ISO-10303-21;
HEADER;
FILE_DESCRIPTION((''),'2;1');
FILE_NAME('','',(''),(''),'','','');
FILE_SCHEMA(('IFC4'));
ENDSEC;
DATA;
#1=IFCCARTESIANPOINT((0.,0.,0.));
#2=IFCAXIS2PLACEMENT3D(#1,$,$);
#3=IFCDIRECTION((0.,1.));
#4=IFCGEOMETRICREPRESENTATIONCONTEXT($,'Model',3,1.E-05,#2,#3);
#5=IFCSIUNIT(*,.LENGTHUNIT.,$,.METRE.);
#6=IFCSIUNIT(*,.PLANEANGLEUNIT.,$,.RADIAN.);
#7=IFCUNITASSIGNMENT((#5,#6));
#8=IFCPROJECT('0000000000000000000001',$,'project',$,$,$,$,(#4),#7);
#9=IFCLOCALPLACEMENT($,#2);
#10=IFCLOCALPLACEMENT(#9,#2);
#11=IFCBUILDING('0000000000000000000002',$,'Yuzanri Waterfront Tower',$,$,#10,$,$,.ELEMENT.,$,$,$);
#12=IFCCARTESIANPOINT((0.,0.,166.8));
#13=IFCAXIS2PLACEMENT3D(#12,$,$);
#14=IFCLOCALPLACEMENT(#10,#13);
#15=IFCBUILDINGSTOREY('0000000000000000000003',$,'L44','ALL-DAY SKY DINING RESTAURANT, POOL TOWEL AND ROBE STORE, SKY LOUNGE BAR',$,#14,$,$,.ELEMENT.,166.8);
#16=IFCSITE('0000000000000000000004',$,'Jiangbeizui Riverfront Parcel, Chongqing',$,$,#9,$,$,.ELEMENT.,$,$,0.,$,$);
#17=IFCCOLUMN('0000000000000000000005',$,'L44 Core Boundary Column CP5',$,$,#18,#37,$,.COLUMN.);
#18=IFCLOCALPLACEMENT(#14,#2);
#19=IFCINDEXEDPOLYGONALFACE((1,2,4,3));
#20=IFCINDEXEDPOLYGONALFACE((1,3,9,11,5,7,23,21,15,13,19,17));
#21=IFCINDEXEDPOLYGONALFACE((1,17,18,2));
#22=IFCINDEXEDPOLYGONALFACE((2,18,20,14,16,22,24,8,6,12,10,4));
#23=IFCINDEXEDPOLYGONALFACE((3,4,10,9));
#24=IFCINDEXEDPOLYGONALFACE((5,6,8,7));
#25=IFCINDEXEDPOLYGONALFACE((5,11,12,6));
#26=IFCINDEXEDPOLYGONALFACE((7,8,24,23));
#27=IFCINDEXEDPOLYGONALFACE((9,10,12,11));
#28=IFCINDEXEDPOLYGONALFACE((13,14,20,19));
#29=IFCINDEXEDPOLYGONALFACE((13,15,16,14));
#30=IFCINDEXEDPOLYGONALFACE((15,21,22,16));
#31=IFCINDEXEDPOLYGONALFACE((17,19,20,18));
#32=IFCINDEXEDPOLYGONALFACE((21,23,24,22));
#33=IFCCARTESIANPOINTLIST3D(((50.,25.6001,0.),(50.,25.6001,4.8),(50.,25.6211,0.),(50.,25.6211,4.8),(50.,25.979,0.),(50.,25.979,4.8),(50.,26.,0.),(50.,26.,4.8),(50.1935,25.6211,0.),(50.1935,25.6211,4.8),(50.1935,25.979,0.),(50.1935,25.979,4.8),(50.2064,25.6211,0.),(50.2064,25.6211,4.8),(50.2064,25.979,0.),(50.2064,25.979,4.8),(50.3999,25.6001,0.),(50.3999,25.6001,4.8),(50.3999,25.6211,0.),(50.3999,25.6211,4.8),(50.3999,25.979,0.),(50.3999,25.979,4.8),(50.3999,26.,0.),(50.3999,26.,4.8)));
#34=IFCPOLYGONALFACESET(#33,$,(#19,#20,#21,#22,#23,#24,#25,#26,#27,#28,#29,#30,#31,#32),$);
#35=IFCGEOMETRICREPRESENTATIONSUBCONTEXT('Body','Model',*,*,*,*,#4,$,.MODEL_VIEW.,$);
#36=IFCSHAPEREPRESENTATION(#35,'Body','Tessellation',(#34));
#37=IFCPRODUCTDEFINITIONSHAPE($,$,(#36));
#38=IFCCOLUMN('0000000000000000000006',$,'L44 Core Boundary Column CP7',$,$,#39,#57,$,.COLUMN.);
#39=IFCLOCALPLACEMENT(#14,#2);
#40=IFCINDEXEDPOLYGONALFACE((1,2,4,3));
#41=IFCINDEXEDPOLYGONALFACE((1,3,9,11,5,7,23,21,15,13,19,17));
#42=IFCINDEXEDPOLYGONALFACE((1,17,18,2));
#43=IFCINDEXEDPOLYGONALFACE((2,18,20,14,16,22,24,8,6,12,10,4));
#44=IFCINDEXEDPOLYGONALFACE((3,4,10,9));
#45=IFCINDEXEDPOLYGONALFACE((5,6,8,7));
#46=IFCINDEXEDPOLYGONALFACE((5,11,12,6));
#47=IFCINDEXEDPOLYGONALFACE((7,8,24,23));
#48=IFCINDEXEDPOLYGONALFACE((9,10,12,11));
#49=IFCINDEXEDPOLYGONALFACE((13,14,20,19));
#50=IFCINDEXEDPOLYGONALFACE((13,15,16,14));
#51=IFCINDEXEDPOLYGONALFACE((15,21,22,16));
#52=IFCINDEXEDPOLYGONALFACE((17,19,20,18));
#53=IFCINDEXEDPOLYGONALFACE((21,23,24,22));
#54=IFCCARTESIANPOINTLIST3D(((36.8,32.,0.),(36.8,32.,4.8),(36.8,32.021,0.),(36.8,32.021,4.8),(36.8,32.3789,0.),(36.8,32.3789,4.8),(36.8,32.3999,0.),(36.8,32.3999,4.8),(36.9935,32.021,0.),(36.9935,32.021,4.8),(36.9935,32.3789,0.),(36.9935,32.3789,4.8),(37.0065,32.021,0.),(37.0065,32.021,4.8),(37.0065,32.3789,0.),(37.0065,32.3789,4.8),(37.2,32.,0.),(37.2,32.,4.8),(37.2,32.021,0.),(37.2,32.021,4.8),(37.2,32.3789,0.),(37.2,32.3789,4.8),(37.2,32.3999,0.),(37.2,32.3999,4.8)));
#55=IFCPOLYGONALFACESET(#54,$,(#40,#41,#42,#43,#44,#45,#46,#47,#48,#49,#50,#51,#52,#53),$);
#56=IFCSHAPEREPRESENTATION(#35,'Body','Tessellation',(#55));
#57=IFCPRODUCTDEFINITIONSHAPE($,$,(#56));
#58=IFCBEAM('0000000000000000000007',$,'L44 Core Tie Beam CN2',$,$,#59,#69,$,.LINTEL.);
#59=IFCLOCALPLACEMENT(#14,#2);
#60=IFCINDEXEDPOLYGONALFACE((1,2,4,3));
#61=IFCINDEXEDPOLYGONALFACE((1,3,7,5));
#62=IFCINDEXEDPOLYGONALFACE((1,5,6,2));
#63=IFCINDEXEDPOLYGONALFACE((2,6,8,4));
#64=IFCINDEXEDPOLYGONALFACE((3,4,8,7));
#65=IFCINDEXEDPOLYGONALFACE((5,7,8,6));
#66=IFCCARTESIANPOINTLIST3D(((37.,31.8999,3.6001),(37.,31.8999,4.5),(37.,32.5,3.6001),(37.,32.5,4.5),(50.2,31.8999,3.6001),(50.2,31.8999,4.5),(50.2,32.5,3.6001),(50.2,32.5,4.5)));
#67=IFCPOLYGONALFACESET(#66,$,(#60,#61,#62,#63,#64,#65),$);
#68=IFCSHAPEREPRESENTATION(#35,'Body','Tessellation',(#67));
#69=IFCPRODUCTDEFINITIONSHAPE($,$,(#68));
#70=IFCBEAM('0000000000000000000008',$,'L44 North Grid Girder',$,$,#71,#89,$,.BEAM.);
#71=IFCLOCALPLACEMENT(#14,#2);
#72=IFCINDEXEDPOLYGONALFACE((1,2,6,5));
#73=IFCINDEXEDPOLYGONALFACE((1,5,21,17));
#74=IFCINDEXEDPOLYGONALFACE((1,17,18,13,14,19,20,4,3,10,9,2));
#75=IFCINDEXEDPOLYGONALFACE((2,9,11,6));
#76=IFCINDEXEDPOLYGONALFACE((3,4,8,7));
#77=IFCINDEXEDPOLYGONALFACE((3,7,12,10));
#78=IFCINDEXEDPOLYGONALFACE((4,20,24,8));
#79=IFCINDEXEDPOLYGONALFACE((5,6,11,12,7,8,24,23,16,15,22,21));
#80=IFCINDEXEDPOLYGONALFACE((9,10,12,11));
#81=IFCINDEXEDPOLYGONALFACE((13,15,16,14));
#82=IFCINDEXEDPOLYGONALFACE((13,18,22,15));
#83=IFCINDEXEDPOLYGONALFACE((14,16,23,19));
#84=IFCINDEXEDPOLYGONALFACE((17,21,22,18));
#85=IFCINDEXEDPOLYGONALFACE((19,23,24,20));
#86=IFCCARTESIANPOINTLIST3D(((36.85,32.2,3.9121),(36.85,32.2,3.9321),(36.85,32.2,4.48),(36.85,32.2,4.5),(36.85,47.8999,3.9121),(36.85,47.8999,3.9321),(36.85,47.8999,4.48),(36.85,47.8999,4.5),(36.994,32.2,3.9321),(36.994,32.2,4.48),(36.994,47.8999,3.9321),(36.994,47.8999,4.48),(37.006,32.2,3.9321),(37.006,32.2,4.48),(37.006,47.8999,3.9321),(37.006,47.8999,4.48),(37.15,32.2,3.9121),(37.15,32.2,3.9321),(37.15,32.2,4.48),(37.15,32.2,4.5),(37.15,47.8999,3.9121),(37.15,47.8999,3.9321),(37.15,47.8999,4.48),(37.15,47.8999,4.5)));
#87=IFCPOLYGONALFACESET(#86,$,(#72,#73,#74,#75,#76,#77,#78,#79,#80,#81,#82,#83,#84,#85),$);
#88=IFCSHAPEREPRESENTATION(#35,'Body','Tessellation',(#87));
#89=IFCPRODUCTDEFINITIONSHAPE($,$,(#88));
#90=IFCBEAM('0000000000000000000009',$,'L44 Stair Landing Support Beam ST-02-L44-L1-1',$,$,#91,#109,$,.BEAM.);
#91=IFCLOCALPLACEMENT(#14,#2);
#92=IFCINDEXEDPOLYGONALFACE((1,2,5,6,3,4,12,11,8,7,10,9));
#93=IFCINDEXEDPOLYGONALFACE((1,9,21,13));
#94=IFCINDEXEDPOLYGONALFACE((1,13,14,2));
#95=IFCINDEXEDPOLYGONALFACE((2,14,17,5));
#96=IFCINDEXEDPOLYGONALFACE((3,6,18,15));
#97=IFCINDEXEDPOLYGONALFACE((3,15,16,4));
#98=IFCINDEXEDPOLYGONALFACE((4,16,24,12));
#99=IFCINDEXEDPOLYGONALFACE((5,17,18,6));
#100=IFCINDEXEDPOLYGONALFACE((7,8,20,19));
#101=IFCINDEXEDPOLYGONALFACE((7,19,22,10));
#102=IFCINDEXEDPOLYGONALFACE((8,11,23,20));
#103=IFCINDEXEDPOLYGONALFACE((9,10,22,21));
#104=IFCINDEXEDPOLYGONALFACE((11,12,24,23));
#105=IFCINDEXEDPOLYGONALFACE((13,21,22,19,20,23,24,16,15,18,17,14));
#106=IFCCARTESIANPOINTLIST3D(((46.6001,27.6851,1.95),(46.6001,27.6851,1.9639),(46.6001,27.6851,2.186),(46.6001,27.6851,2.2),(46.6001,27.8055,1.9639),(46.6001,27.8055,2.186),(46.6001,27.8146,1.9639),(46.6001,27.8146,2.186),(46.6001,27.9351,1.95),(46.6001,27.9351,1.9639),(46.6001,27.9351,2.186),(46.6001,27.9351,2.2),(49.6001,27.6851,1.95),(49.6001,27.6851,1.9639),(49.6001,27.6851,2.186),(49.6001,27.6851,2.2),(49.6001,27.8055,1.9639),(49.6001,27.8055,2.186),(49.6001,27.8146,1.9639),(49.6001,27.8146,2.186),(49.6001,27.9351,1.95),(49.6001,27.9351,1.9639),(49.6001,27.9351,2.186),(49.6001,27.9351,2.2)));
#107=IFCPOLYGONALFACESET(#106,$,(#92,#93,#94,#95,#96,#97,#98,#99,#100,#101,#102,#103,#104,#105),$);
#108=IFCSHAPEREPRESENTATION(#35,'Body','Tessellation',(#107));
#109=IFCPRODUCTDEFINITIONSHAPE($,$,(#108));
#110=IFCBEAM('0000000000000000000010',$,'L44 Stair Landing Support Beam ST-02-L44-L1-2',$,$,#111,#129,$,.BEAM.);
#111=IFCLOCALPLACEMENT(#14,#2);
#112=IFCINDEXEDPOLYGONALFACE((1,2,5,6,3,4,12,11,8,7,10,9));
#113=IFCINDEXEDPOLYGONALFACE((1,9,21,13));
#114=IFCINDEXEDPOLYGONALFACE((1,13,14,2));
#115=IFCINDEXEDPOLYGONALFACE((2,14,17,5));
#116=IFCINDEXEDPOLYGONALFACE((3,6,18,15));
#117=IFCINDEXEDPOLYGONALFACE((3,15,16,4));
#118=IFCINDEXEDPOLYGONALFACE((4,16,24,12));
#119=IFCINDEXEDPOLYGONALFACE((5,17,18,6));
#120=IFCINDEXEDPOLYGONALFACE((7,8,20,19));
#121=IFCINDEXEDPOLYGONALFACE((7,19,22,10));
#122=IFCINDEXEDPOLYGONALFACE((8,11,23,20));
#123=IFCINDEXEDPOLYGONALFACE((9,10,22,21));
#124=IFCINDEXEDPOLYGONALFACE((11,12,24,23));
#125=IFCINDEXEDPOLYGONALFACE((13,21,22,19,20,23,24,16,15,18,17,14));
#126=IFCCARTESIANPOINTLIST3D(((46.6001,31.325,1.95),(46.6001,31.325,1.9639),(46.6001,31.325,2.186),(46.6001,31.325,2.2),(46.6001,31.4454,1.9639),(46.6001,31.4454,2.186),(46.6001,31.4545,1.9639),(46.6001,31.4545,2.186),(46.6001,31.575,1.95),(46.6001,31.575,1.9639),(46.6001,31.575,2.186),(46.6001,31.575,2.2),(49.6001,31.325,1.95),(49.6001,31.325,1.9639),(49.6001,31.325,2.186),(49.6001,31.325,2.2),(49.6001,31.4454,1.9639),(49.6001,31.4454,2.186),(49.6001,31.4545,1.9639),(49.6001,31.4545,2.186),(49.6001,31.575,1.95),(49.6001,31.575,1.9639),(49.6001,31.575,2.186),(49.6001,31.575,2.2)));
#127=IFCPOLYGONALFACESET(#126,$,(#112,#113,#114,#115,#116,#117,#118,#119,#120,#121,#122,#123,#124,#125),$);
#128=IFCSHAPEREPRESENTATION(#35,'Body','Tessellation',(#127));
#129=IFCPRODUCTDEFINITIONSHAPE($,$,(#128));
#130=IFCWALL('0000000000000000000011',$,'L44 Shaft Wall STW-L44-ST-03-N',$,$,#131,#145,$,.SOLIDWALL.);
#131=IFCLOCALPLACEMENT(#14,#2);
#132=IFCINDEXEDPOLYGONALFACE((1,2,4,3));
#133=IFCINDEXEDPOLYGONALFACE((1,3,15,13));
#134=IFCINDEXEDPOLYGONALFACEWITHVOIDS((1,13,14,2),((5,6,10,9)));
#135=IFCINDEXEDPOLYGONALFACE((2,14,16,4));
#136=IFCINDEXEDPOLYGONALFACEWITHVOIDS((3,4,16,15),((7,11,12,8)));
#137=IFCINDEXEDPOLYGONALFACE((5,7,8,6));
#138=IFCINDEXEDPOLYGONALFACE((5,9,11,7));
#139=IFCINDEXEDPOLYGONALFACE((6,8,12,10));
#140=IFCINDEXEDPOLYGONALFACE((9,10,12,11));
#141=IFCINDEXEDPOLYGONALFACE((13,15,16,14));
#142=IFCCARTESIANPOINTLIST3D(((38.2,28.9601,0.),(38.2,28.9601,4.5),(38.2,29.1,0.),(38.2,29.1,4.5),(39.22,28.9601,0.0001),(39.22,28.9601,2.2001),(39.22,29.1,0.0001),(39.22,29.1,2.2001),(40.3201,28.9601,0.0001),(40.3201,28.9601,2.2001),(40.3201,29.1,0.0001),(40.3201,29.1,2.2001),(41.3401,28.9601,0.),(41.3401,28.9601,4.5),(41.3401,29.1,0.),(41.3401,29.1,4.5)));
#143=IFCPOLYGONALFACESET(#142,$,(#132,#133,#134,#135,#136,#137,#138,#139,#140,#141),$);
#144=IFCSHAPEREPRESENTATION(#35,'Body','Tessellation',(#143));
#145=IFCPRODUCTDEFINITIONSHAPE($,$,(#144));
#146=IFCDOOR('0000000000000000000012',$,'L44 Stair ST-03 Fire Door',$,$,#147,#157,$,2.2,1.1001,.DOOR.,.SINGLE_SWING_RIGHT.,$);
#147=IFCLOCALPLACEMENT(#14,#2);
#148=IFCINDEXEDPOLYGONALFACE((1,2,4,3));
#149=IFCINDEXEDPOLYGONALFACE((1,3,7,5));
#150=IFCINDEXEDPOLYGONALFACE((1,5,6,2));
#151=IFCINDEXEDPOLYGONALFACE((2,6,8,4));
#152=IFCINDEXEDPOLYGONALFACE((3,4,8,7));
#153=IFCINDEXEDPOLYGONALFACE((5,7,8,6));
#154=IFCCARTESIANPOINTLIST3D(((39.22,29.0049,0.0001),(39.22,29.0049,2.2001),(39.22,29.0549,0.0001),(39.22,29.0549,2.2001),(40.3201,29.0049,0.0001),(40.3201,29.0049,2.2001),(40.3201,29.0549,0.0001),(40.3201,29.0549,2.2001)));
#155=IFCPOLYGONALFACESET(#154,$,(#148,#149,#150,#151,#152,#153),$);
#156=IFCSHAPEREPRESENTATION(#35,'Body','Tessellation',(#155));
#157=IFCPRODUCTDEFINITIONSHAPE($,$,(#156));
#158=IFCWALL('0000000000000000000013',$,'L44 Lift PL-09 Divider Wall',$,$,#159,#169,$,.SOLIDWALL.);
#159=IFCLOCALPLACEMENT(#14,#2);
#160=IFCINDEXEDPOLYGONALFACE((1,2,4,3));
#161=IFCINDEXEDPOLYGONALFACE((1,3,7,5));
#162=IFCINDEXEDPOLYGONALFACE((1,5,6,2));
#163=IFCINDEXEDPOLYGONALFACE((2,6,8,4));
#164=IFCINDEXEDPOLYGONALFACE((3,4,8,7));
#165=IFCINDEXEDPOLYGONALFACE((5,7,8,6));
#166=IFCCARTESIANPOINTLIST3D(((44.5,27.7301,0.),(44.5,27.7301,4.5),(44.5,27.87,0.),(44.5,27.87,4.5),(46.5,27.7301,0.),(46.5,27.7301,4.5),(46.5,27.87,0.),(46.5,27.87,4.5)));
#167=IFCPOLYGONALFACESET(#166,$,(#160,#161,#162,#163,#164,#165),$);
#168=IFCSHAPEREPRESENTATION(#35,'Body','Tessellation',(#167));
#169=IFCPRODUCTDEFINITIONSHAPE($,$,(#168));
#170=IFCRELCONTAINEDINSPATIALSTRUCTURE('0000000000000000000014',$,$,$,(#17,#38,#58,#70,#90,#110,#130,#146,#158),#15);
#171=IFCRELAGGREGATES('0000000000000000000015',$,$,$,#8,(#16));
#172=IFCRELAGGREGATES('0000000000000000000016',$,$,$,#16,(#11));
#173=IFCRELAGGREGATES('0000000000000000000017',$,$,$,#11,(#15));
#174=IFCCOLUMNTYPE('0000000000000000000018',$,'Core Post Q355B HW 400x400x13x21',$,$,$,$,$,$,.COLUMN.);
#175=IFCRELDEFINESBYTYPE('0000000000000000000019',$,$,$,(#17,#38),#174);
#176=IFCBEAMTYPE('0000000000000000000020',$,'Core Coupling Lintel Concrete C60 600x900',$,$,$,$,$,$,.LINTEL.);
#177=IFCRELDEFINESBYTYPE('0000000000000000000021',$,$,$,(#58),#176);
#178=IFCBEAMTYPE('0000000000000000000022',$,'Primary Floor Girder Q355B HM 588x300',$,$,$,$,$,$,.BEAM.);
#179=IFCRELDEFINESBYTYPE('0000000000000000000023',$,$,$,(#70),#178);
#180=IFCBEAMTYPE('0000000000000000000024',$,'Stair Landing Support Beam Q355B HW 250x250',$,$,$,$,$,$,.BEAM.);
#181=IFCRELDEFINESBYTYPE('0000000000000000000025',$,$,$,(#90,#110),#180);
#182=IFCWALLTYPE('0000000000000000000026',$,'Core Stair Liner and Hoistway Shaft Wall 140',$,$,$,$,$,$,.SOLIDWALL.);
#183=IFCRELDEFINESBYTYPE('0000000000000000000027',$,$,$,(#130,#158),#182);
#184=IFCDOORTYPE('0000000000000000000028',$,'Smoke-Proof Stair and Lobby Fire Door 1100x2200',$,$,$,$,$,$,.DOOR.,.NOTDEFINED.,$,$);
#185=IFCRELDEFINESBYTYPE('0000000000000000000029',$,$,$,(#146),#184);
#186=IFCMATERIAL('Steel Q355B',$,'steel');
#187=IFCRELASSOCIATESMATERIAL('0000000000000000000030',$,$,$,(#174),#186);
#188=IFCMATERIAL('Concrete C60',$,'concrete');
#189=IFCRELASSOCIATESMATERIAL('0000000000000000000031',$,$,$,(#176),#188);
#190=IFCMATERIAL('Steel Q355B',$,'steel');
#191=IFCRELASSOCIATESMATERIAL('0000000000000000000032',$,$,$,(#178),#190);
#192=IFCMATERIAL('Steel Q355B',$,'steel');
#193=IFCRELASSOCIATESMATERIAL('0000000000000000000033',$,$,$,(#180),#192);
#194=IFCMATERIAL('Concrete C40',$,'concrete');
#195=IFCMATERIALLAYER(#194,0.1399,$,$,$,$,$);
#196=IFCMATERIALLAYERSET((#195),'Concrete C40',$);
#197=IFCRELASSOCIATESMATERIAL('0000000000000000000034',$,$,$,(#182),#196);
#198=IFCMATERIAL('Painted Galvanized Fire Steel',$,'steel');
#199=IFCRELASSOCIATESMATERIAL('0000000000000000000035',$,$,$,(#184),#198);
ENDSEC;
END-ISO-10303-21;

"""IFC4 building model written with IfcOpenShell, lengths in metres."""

from ifc_helpers import new_model, si_unit, direction, frame, frame_2d, origin, origin_2d, place, context, subcontext, project, spatial, rectangle, i_section, extrude, source, transform, mapped, material, layer, layer_set, material_profile, profile_set, type_object, element, fill, save


model = new_model("IFC4")

# Units and contexts
model_context = context("Model", 3, precision=1e-05, world=origin(), true_north=direction((0.0, 1.0)))
body_context = subcontext(model_context, "Body", "Model", "MODEL_VIEW")
ifc_project = project(units=[si_unit("LENGTHUNIT", "METRE"), si_unit("PLANEANGLEUNIT", "RADIAN")], contexts=[model_context])

# Site, building, storey
site_placement = place(None, origin())
site = spatial("IfcSite", under=ifc_project, at=site_placement, Name="Jiangbeizui Riverfront Parcel, Chongqing", CompositionType="ELEMENT", RefElevation=0.0)
building_placement = place(site_placement, origin())
building = spatial("IfcBuilding", under=site, at=building_placement, Name="Yuzanri Waterfront Tower", CompositionType="ELEMENT")
storey_placement = place(building_placement, frame((0.0, 0.0, 166.8)))
storey = spatial("IfcBuildingStorey", under=building, at=storey_placement, Name="L44", Description="ALL-DAY SKY DINING RESTAURANT, POOL TOWEL AND ROBE STORE, SKY LOUNGE BAR", CompositionType="ELEMENT", Elevation=166.8)

# Columns
ifc_material_1 = material(Name="Steel Q355B", Category="steel")
ifc_material_profile_1 = material_profile(ifc_material_1, i_section(OverallWidth=0.3999, OverallDepth=0.3999, WebThickness=0.0129, FlangeThickness=0.021, at=origin_2d()), Name="HW 400x400x13x21")
ifc_profile_set_1 = profile_set([ifc_material_profile_1], Name="Steel Q355B")
column_type = type_object("IfcColumnType", Name="Core Post Q355B HW 400x400x13x21", PredefinedType="COLUMN", material=ifc_profile_set_1)
shared_shape_1 = source(origin(), body_context, "Body", "SweptSolid", [
    extrude(i_section(OverallWidth=0.3999, OverallDepth=0.3999, WebThickness=0.0129, FlangeThickness=0.021, at=origin_2d()), origin(), (0.0, 0.0, 1.0), 4.8),
])
for number, where, z_axis, x_axis, name in (
    (1, (50.2, 25.8, 0.0), (0.0, 0.0, 1.0), (1.0, 0.0, 0.0), "L44 Core Boundary Column CP5"),
    (2, (37.0, 32.2, 0.0), (0.0, 0.0, 1.0), (1.0, 0.0, 0.0), "L44 Core Boundary Column CP7"),
):
    element("IfcColumn", number, at=place(storey_placement, frame(where, z_axis=z_axis, x_axis=x_axis)), inside=storey, type_object=column_type, Name=name, PredefinedType="COLUMN", context=body_context, shape_type="MappedRepresentation", body=[
        mapped(shared_shape_1, transform((0.0, 0.0, 0.0), scale=1.0)),
    ])

# Beams
ifc_material_2 = material(Name="Concrete C60", Category="concrete")
ifc_material_profile_2 = material_profile(ifc_material_2, rectangle(XDim=0.6001, YDim=0.8999, at=origin_2d()), Name="RC 600x900")
ifc_profile_set_2 = profile_set([ifc_material_profile_2], Name="Concrete C60")
beam_type_1 = type_object("IfcBeamType", Name="Core Coupling Lintel Concrete C60 600x900", PredefinedType="LINTEL", material=ifc_profile_set_2)
shared_shape_2 = source(origin(), body_context, "Body", "SweptSolid", [
    extrude(rectangle(XDim=0.6001, YDim=0.8999, at=origin_2d()), origin(), (0.0, 0.0, 1.0), 13.2),
])
beam_1_placement = place(storey_placement, frame((37.0, 32.2, 4.05), z_axis=(1.0, 0.0, 0.0), x_axis=(0.0, 1.0, 0.0)))
element("IfcBeam", 3, at=beam_1_placement, inside=storey, type_object=beam_type_1, Name="L44 Core Tie Beam CN2", PredefinedType="LINTEL", context=body_context, shape_type="MappedRepresentation", body=[
    mapped(shared_shape_2, transform((0.0, 0.0, 0.0), scale=1.0)),
])
ifc_material_3 = material(Name="Steel Q355B", Category="steel")
ifc_material_profile_3 = material_profile(ifc_material_3, i_section(OverallWidth=0.3, OverallDepth=0.5879, WebThickness=0.012, FlangeThickness=0.02, at=origin_2d()), Name="HM 588x300x12x20")
ifc_profile_set_3 = profile_set([ifc_material_profile_3], Name="Steel Q355B")
beam_type_2 = type_object("IfcBeamType", Name="Primary Floor Girder Q355B HM 588x300", PredefinedType="BEAM", material=ifc_profile_set_3)
shared_shape_3 = source(origin(), body_context, "Body", "SweptSolid", [
    extrude(i_section(OverallWidth=0.3, OverallDepth=0.5879, WebThickness=0.012, FlangeThickness=0.02, at=origin_2d()), origin(), (0.0, 0.0, 1.0), 15.7),
])
beam_2_placement = place(storey_placement, frame((37.0, 32.2, 4.2061), z_axis=(0.0, 1.0, 0.0), x_axis=(-1.0, 0.0, 0.0)))
element("IfcBeam", 4, at=beam_2_placement, inside=storey, type_object=beam_type_2, Name="L44 North Grid Girder", PredefinedType="BEAM", context=body_context, shape_type="MappedRepresentation", body=[
    mapped(shared_shape_3, transform((0.0, 0.0, 0.0), scale=1.0)),
])
ifc_material_4 = material(Name="Steel Q355B", Category="steel")
ifc_material_profile_4 = material_profile(ifc_material_4, i_section(OverallWidth=0.25, OverallDepth=0.25, WebThickness=0.009, FlangeThickness=0.0139, at=origin_2d()), Name="HW 250x250x9x14")
ifc_profile_set_4 = profile_set([ifc_material_profile_4], Name="Steel Q355B")
beam_type_3 = type_object("IfcBeamType", Name="Stair Landing Support Beam Q355B HW 250x250", PredefinedType="BEAM", material=ifc_profile_set_4)
shared_shape_4 = source(origin(), body_context, "Body", "SweptSolid", [
    extrude(i_section(OverallWidth=0.25, OverallDepth=0.25, WebThickness=0.009, FlangeThickness=0.0139, at=origin_2d()), origin(), (0.0, 0.0, 1.0), 3.0),
])
for number, where, z_axis, x_axis, name in (
    (5, (46.6001, 27.8101, 2.075), (1.0, 0.0, 0.0), (0.0, 1.0, 0.0), "L44 Stair Landing Support Beam ST-02-L44-L1-1"),
    (6, (46.6001, 31.45, 2.075), (1.0, 0.0, 0.0), (0.0, 1.0, 0.0), "L44 Stair Landing Support Beam ST-02-L44-L1-2"),
):
    element("IfcBeam", number, at=place(storey_placement, frame(where, z_axis=z_axis, x_axis=x_axis)), inside=storey, type_object=beam_type_3, Name=name, PredefinedType="BEAM", context=body_context, shape_type="MappedRepresentation", body=[
        mapped(shared_shape_4, transform((0.0, 0.0, 0.0), scale=1.0)),
    ])

# Wall, opening, door
ifc_material_5 = material(Name="Concrete C40", Category="concrete")
ifc_layer_1 = layer(ifc_material_5, 0.1399)
ifc_layer_set_1 = layer_set([ifc_layer_1], Name="Concrete C40")
wall_type_1 = type_object("IfcWallType", Name="Core Stair Liner and Hoistway Shaft Wall 140", PredefinedType="SOLIDWALL", material=ifc_layer_set_1)
wall_1_placement = place(storey_placement, frame((38.2, 29.03, 0.0), z_axis=(0.0, 0.0, 1.0), x_axis=(1.0, 0.0, 0.0)))
wall_1 = element("IfcWall", 7, at=wall_1_placement, inside=storey, type_object=wall_type_1, Name="L44 Shaft Wall STW-L44-ST-03-N", PredefinedType="SOLIDWALL", context=body_context, shape_type="SweptSolid", body=[
    extrude(rectangle(XDim=3.1401, YDim=0.1399, at=frame_2d((1.5701, 0.0))), origin(), (0.0, 0.0, 1.0), 4.5),
])
opening_1_placement = place(wall_1_placement, frame((1.02, 0.0, 0.0)))
opening_1 = element("IfcOpeningElement", 8, at=opening_1_placement, cuts=wall_1, PredefinedType="OPENING", context=body_context, shape_type="SweptSolid", body=[
    extrude(rectangle(XDim=1.1001, YDim=2.2, at=frame_2d((0.55, 1.1001))), frame((0.0, 0.085, 0.0), z_axis=(0.0, -1.0, 0.0), x_axis=(1.0, 0.0, 0.0)), (0.0, 0.0, 1.0), 0.1697),
])
ifc_material_6 = material(Name="Painted Galvanized Fire Steel", Category="steel")
door_type_1 = type_object("IfcDoorType", Name="Smoke-Proof Stair and Lobby Fire Door 1100x2200", OperationType="NOTDEFINED", PredefinedType="DOOR", material=ifc_material_6)
shared_shape_5 = source(origin(), body_context, "Body", "SweptSolid", [
    extrude(rectangle(XDim=1.1001, YDim=2.2, at=frame_2d((0.55, 1.1001))), frame((0.0, 0.0249, 0.0), z_axis=(0.0, -1.0, 0.0), x_axis=(1.0, 0.0, 0.0)), (0.0, 0.0, 1.0), 0.05),
])
door_1_placement = place(opening_1_placement, origin())
door_1 = element("IfcDoor", 9, at=door_1_placement, inside=storey, type_object=door_type_1, Name="L44 Stair ST-03 Fire Door", OperationType="SINGLE_SWING_RIGHT", OverallHeight=2.2, OverallWidth=1.1001, PredefinedType="DOOR", context=body_context, shape_type="MappedRepresentation", body=[
    mapped(shared_shape_5, transform((0.0, 0.0, 0.0), scale=1.0)),
])
fill(opening_1, door_1)

# Wall
shared_shape_6 = source(origin(), body_context, "Body", "SweptSolid", [
    extrude(rectangle(XDim=2.0, YDim=0.1399, at=frame_2d((1.0, 0.0))), origin(), (0.0, 0.0, 1.0), 4.5),
])
for number, where, z_axis, x_axis, name in (
    (10, (44.5, 27.8, 0.0), (0.0, 0.0, 1.0), (1.0, 0.0, 0.0), "L44 Lift PL-09 Divider Wall"),
):
    element("IfcWall", number, at=place(storey_placement, frame(where, z_axis=z_axis, x_axis=x_axis)), inside=storey, type_object=wall_type_1, Name=name, PredefinedType="SOLIDWALL", context=body_context, shape_type="MappedRepresentation", body=[
        mapped(shared_shape_6, transform((0.0, 0.0, 0.0), scale=1.0)),
    ])

save(model, "model.ifc")
